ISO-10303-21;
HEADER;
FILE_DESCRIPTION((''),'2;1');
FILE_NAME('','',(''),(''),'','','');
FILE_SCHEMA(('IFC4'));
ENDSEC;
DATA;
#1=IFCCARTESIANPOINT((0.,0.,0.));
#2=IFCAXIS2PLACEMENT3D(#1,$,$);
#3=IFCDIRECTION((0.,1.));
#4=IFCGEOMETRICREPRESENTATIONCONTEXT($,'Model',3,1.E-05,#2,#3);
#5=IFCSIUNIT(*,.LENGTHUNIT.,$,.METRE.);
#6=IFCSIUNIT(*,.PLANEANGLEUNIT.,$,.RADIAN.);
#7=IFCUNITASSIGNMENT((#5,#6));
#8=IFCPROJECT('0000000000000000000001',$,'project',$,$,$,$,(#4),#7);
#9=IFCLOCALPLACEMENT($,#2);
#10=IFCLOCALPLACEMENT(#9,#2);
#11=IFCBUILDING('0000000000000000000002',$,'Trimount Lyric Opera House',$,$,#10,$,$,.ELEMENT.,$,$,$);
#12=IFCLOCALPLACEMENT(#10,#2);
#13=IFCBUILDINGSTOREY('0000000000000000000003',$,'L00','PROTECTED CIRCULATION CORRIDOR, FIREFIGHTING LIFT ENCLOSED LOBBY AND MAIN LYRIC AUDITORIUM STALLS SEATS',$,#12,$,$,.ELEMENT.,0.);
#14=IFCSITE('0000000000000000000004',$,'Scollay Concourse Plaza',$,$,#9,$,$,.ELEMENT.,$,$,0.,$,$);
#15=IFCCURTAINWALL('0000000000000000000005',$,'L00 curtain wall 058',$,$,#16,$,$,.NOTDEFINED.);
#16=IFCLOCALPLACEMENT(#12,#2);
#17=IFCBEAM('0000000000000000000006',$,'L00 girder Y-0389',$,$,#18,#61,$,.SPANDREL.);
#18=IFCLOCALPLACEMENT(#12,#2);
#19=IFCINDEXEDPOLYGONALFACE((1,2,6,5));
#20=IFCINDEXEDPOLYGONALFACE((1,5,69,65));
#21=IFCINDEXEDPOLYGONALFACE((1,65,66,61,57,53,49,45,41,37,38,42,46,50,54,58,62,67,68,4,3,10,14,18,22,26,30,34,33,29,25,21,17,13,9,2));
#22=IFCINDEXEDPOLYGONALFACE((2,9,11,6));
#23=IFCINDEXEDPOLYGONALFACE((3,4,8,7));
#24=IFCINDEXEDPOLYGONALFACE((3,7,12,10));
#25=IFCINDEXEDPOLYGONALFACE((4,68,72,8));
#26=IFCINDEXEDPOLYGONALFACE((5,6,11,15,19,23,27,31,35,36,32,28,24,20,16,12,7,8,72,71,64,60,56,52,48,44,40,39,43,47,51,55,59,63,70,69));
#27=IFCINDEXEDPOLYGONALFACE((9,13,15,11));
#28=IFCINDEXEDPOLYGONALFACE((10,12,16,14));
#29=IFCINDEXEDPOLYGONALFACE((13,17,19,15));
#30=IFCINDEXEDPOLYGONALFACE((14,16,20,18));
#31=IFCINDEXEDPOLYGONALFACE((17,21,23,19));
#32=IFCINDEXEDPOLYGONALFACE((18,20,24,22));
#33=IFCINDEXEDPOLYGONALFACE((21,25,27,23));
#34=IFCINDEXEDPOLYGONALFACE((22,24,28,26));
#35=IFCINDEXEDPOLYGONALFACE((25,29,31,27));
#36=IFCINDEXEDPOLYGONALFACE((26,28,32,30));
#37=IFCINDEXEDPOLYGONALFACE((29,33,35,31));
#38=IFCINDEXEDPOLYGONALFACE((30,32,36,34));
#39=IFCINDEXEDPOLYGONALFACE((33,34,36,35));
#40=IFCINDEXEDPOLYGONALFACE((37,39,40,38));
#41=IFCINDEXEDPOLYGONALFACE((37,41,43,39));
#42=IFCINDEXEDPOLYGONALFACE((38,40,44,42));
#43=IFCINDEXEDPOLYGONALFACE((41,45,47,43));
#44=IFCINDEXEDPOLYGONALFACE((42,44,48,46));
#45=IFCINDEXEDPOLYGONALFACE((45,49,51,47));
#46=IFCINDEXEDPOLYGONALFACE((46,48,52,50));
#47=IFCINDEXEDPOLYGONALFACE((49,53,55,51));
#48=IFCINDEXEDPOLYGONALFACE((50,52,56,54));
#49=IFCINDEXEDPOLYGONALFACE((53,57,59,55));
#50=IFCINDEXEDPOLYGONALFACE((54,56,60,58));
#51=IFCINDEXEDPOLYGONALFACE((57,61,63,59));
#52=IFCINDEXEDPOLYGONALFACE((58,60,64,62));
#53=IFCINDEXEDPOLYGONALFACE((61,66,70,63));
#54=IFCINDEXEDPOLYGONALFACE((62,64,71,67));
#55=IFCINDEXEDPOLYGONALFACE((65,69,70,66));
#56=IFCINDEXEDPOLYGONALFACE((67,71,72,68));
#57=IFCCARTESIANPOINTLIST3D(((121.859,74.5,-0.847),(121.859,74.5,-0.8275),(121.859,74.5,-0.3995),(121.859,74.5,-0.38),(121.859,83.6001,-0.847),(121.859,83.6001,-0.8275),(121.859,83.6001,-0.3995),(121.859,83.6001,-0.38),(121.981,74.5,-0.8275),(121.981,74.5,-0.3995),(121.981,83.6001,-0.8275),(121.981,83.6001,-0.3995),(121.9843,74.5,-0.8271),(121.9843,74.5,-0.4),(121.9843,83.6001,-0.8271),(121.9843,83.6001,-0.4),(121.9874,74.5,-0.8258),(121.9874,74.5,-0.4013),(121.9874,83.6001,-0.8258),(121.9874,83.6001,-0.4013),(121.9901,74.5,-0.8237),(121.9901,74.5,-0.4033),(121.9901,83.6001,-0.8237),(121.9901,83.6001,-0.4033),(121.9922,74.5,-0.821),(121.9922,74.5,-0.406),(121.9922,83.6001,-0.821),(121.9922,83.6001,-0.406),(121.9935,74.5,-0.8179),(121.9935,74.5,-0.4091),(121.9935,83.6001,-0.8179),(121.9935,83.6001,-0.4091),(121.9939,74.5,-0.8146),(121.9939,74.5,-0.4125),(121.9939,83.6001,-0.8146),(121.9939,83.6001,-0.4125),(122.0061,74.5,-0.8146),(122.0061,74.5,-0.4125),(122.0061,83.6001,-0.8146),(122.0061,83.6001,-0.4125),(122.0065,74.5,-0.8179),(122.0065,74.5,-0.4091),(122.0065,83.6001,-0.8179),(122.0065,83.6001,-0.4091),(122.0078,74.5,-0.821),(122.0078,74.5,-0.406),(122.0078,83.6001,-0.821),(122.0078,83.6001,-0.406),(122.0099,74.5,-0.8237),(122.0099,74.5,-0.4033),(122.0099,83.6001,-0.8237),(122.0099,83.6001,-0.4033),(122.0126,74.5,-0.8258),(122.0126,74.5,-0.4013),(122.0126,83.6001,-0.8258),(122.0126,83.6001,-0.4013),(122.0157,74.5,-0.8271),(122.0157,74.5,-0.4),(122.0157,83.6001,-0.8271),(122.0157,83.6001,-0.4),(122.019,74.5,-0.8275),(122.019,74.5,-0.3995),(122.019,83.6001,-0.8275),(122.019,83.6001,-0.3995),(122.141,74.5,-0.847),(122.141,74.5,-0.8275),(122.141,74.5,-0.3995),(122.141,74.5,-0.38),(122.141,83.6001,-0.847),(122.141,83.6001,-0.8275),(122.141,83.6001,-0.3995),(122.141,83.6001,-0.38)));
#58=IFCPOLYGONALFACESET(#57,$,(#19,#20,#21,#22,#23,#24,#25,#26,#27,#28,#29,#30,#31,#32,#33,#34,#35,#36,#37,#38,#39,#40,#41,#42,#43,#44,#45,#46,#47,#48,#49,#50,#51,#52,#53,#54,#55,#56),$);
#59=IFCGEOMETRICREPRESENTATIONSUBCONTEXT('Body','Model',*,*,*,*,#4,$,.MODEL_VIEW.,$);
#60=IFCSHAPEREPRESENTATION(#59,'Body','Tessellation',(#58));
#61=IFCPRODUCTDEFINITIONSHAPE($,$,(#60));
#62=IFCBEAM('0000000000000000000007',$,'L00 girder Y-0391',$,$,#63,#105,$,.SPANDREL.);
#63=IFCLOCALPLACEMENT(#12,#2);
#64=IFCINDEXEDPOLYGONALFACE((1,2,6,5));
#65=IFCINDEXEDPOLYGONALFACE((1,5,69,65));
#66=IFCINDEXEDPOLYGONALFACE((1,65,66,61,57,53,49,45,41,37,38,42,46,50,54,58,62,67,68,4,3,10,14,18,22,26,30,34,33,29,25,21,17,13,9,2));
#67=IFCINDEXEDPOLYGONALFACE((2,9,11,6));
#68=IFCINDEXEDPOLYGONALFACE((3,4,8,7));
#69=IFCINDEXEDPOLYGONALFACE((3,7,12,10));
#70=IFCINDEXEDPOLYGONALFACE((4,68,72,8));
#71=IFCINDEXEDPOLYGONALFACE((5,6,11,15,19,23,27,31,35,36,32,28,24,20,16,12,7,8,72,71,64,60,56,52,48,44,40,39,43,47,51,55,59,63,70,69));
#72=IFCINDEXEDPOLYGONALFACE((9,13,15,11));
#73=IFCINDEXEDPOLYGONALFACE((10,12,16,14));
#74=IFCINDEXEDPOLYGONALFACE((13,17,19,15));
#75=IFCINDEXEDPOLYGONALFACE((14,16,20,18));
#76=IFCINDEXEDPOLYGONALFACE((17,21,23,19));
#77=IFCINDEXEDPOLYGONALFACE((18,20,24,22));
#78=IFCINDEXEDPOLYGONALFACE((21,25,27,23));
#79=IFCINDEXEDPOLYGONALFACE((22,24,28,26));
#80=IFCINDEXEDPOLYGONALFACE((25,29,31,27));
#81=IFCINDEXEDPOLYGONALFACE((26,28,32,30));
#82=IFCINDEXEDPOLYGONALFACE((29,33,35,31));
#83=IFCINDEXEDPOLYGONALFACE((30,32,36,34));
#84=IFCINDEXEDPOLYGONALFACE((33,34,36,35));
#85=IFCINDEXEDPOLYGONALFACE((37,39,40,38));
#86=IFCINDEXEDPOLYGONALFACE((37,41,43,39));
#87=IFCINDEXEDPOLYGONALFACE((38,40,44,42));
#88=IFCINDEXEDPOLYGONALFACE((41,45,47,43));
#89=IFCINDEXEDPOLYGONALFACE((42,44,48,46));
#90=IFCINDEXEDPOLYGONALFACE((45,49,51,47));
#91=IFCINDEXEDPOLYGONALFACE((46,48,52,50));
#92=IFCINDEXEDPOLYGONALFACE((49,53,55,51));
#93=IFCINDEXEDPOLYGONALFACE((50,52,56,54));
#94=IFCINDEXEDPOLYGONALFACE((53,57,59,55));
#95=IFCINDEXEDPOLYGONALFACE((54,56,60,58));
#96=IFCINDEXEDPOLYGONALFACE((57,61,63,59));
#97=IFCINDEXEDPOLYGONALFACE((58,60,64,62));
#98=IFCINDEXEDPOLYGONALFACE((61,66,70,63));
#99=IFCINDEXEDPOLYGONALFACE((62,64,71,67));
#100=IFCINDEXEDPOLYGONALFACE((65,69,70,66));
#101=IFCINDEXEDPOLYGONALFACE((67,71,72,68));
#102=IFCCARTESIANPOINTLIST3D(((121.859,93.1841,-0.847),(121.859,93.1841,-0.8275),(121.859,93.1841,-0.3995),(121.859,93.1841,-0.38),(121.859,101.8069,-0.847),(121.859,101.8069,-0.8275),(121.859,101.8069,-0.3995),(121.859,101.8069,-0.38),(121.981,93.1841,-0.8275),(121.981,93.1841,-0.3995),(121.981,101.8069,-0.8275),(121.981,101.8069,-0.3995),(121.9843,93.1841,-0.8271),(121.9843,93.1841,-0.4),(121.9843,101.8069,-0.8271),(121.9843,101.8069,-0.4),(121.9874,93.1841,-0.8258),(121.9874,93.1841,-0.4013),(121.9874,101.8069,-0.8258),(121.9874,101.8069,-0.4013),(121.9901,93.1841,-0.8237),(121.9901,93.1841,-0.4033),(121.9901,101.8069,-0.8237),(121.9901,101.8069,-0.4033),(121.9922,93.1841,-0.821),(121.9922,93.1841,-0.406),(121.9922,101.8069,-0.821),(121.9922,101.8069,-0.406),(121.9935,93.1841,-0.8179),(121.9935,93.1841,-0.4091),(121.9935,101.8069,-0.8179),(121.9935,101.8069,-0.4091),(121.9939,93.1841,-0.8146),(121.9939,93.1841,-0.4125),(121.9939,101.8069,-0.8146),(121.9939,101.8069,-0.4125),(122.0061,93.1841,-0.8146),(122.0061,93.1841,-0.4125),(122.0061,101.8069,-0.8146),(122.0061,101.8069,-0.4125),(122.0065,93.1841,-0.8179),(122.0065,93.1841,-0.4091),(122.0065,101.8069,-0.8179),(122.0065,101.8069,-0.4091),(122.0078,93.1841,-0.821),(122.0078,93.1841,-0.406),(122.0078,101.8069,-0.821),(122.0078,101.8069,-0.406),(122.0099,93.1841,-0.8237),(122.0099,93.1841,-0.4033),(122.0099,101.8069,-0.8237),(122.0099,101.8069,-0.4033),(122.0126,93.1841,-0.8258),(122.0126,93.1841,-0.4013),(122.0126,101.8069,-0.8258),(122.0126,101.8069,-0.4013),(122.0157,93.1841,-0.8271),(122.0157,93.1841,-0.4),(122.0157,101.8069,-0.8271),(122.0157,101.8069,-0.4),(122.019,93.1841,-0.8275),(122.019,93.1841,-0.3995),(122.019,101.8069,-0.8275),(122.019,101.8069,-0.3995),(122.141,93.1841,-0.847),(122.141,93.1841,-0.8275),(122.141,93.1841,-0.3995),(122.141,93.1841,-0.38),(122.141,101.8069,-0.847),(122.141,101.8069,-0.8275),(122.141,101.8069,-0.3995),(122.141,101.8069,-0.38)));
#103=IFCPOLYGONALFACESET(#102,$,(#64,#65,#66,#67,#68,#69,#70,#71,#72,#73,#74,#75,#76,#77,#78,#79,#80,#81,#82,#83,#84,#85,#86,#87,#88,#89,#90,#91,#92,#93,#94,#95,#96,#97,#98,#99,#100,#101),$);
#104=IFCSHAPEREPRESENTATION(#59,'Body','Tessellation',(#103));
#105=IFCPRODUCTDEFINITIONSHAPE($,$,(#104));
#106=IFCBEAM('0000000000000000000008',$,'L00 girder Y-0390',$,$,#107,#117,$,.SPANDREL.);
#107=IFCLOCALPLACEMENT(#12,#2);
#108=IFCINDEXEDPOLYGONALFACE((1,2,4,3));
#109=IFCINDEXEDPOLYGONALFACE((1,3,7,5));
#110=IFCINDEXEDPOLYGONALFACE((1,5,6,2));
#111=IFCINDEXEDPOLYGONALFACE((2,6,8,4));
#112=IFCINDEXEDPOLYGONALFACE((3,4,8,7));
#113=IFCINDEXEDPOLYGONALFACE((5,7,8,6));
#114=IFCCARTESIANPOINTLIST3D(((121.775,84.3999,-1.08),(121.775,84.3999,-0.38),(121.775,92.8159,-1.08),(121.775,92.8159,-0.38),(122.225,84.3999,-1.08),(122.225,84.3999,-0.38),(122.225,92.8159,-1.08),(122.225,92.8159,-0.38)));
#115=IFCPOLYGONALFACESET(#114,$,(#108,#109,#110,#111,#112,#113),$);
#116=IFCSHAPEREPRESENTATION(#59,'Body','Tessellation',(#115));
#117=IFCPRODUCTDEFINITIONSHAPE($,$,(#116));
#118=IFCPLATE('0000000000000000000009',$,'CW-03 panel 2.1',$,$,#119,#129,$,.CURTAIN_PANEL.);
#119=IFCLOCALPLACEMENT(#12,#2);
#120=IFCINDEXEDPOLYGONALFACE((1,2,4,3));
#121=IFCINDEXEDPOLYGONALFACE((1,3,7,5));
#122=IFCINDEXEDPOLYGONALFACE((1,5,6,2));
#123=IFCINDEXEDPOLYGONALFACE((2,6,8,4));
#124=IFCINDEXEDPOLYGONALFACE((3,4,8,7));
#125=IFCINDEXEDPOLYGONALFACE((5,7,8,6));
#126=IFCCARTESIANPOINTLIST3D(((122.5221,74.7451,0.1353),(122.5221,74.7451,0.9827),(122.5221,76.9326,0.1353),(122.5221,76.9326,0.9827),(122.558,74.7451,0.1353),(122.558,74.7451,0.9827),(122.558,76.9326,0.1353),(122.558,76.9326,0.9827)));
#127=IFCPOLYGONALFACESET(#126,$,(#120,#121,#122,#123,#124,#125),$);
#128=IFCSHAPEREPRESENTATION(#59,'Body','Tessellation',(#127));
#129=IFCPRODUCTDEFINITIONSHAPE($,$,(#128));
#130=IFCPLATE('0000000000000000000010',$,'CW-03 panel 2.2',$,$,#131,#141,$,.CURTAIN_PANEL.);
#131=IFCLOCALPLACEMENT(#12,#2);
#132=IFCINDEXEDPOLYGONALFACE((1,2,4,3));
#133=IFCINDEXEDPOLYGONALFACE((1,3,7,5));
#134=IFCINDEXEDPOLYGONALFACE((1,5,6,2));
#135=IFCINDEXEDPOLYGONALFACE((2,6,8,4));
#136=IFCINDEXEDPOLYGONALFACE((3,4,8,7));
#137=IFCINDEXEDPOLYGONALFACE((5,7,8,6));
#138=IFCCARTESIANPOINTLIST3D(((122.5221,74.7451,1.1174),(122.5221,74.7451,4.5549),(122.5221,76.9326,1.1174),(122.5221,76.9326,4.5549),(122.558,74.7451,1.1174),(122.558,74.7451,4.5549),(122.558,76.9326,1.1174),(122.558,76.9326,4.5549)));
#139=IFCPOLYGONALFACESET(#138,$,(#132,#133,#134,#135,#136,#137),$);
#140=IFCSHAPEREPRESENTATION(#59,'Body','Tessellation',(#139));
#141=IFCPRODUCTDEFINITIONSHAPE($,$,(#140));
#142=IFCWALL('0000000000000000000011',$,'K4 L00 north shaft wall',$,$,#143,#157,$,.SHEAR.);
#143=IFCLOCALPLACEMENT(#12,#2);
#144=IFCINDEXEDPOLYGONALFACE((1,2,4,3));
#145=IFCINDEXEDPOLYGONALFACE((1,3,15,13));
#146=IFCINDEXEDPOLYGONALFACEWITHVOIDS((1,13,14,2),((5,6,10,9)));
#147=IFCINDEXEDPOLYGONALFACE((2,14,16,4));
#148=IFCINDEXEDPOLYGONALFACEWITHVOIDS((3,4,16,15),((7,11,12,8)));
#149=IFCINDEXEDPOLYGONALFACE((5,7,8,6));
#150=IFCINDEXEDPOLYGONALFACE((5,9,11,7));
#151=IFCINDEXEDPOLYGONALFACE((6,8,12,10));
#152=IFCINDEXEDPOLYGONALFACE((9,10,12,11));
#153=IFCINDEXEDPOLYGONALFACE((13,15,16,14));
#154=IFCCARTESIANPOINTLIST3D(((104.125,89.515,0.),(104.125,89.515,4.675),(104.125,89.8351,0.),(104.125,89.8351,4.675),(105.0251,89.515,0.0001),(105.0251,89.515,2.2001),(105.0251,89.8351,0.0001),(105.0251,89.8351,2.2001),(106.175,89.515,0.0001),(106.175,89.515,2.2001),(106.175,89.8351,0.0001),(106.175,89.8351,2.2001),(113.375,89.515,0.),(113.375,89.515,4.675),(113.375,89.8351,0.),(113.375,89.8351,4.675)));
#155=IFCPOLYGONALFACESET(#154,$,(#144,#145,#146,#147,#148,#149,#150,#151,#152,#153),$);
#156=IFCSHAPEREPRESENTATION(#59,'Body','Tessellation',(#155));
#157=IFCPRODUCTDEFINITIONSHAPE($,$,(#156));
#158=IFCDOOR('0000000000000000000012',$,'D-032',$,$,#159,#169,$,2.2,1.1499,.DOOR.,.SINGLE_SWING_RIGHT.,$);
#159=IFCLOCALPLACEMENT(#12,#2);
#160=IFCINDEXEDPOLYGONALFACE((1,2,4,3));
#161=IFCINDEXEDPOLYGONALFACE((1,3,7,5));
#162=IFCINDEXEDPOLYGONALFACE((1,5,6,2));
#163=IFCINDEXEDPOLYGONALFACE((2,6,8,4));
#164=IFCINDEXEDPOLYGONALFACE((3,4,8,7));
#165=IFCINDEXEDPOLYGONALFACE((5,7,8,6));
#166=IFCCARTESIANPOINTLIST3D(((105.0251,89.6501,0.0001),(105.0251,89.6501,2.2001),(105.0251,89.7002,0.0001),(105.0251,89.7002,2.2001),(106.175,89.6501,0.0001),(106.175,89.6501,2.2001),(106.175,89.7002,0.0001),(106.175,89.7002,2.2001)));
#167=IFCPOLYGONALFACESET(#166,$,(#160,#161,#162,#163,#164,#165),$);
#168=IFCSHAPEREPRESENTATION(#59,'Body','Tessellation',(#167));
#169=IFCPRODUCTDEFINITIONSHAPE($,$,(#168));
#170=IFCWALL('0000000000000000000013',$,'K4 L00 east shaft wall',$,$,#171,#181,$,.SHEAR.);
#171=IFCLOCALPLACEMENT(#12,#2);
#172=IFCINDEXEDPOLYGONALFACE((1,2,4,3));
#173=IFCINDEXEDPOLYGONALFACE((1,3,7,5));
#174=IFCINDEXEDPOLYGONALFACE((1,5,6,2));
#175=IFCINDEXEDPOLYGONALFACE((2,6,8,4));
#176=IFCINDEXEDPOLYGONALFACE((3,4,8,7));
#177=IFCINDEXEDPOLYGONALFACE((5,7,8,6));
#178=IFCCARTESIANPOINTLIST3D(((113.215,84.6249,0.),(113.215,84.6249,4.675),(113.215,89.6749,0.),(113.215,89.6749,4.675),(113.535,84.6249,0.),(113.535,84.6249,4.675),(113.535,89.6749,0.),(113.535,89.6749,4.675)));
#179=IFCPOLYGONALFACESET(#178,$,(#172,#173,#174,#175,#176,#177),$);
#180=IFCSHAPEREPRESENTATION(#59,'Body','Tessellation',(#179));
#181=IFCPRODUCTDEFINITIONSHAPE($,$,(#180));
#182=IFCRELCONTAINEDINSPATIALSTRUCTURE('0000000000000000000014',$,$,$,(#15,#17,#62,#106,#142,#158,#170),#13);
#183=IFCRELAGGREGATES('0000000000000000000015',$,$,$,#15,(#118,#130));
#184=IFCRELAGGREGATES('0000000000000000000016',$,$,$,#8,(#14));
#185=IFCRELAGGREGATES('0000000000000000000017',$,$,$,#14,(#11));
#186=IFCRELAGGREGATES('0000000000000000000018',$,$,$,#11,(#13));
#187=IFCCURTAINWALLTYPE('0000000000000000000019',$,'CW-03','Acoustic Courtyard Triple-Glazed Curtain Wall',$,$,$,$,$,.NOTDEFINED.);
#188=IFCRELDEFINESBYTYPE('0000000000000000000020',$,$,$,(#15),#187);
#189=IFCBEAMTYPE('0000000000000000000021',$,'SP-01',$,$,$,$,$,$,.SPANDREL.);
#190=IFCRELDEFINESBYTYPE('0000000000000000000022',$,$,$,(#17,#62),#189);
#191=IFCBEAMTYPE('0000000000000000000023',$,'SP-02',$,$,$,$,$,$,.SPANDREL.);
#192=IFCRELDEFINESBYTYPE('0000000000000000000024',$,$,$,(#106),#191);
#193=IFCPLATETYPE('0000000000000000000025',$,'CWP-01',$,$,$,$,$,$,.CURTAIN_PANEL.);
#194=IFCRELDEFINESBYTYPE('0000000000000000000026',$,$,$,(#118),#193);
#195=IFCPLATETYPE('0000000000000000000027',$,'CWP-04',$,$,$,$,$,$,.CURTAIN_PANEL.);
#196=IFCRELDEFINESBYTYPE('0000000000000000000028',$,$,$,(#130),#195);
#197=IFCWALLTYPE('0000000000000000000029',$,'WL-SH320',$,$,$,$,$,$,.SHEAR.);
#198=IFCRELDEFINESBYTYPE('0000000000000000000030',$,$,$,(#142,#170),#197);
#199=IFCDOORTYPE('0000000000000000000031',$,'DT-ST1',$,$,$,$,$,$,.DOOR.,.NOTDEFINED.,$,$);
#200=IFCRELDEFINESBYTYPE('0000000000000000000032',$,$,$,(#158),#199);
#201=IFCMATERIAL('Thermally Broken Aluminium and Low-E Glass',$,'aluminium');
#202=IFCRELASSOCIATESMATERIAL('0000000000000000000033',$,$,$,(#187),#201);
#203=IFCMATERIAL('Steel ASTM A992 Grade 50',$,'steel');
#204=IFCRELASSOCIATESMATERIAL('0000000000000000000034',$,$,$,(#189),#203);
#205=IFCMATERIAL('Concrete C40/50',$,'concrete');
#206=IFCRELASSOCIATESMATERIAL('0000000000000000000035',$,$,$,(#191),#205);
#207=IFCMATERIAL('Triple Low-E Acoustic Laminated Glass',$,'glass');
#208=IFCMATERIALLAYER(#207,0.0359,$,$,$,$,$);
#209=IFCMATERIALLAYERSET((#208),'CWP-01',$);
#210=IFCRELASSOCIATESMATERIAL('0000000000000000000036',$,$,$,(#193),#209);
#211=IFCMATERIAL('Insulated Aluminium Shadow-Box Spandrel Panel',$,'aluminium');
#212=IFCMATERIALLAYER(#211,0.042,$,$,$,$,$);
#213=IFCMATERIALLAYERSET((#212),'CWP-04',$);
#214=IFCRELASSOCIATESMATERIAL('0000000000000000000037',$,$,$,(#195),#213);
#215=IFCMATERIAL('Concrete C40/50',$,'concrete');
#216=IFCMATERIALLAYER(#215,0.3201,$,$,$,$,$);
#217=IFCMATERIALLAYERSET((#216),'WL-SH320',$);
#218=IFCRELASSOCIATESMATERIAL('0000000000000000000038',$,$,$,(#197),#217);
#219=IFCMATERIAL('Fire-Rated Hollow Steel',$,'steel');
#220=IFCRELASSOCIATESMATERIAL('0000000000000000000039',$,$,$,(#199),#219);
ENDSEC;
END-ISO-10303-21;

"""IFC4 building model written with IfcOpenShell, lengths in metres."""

from ifc_helpers import new_model, si_unit, direction, frame, frame_2d, origin, origin_2d, place, context, subcontext, project, spatial, rectangle, i_section, extrude, material, layer, layer_set, material_profile, profile_set, type_object, element, fill, aggregate, save


model = new_model("IFC4")

# Units and contexts
model_context = context("Model", 3, precision=1e-05, world=origin(), true_north=direction((0.0, 1.0)))
body_context = subcontext(model_context, "Body", "Model", "MODEL_VIEW")
ifc_project = project(units=[si_unit("LENGTHUNIT", "METRE"), si_unit("PLANEANGLEUNIT", "RADIAN")], contexts=[model_context])

# Site, building, storey
site_placement = place(None, origin())
site = spatial("IfcSite", under=ifc_project, at=site_placement, Name="Scollay Concourse Plaza", CompositionType="ELEMENT", RefElevation=0.0)
building_placement = place(site_placement, origin())
building = spatial("IfcBuilding", under=site, at=building_placement, Name="Trimount Lyric Opera House", CompositionType="ELEMENT")
storey_placement = place(building_placement, origin())
storey = spatial("IfcBuildingStorey", under=building, at=storey_placement, Name="L00", Description="PROTECTED CIRCULATION CORRIDOR, FIREFIGHTING LIFT ENCLOSED LOBBY AND MAIN LYRIC AUDITORIUM STALLS SEATS", CompositionType="ELEMENT", Elevation=0.0)

# Curtain wall
ifc_material_1 = material(Name="Thermally Broken Aluminium and Low-E Glass", Category="aluminium")
curtain_wall_type = type_object("IfcCurtainWallType", Name="CW-03", Description="Acoustic Courtyard Triple-Glazed Curtain Wall", PredefinedType="NOTDEFINED", material=ifc_material_1)
curtain_wall_placement = place(storey_placement, origin())
curtain_wall = element("IfcCurtainWall", 1, at=curtain_wall_placement, inside=storey, type_object=curtain_wall_type, Name="L00 curtain wall 058", PredefinedType="NOTDEFINED")

# Beams
ifc_material_2 = material(Name="Steel ASTM A992 Grade 50", Category="steel")
ifc_material_profile_1 = material_profile(ifc_material_2, i_section(OverallWidth=0.282, OverallDepth=0.467, WebThickness=0.0122, FlangeThickness=0.0195, FilletRadius=0.0129, at=origin_2d()), Name="W18X86")
ifc_profile_set_1 = profile_set([ifc_material_profile_1], Name="Steel ASTM A992 Grade 50")
beam_type_1 = type_object("IfcBeamType", Name="SP-01", PredefinedType="SPANDREL", material=ifc_profile_set_1)
beam_1_placement = place(storey_placement, frame((122.0, 74.5, -0.6135), z_axis=(0.0, 1.0, 0.0), x_axis=(-1.0, 0.0, 0.0)))
element("IfcBeam", 2, at=beam_1_placement, inside=storey, type_object=beam_type_1, Name="L00 girder Y-0389", PredefinedType="SPANDREL", context=body_context, shape_type="SweptSolid", body=[
    extrude(i_section(OverallWidth=0.282, OverallDepth=0.467, WebThickness=0.0122, FlangeThickness=0.0195, FilletRadius=0.0129, at=origin_2d()), origin(), (0.0, 0.0, 1.0), 9.1001),
])
beam_2_placement = place(storey_placement, frame((122.0, 93.1841, -0.6135), z_axis=(0.0, 1.0, 0.0), x_axis=(-1.0, 0.0, 0.0)))
element("IfcBeam", 3, at=beam_2_placement, inside=storey, type_object=beam_type_1, Name="L00 girder Y-0391", PredefinedType="SPANDREL", context=body_context, shape_type="SweptSolid", body=[
    extrude(i_section(OverallWidth=0.282, OverallDepth=0.467, WebThickness=0.0122, FlangeThickness=0.0195, FilletRadius=0.0129, at=origin_2d()), origin(), (0.0, 0.0, 1.0), 8.6228),
])
ifc_material_3 = material(Name="Concrete C40/50", Category="concrete")
ifc_material_profile_2 = material_profile(ifc_material_3, rectangle(XDim=0.45, YDim=0.7, at=origin_2d()), Name="RC450X700")
ifc_profile_set_2 = profile_set([ifc_material_profile_2], Name="Concrete C40/50")
beam_type_2 = type_object("IfcBeamType", Name="SP-02", PredefinedType="SPANDREL", material=ifc_profile_set_2)
beam_3_placement = place(storey_placement, frame((122.0, 84.3999, -0.73), z_axis=(0.0, 1.0, 0.0), x_axis=(-1.0, 0.0, 0.0)))
element("IfcBeam", 4, at=beam_3_placement, inside=storey, type_object=beam_type_2, Name="L00 girder Y-0390", PredefinedType="SPANDREL", context=body_context, shape_type="SweptSolid", body=[
    extrude(rectangle(XDim=0.45, YDim=0.7, at=origin_2d()), origin(), (0.0, 0.0, 1.0), 8.416),
])

# Plates
ifc_material_4 = material(Name="Triple Low-E Acoustic Laminated Glass", Category="glass")
ifc_layer_1 = layer(ifc_material_4, 0.0359)
ifc_layer_set_1 = layer_set([ifc_layer_1], Name="CWP-01")
plate_type_1 = type_object("IfcPlateType", Name="CWP-01", PredefinedType="CURTAIN_PANEL", material=ifc_layer_set_1)
plate_1_placement = place(storey_placement, frame((122.54, 75.8389, 0.1353), z_axis=(0.0, 0.0, 1.0), x_axis=(0.0, -1.0, 0.0)))
plate_1 = element("IfcPlate", 5, at=plate_1_placement, type_object=plate_type_1, Name="CW-03 panel 2.1", PredefinedType="CURTAIN_PANEL", context=body_context, shape_type="SweptSolid", body=[
    extrude(rectangle(XDim=2.1875, YDim=0.0359, at=origin_2d()), origin(), (0.0, 0.0, 1.0), 0.8474),
])
ifc_material_5 = material(Name="Insulated Aluminium Shadow-Box Spandrel Panel", Category="aluminium")
ifc_layer_2 = layer(ifc_material_5, 0.042)
ifc_layer_set_2 = layer_set([ifc_layer_2], Name="CWP-04")
plate_type_2 = type_object("IfcPlateType", Name="CWP-04", PredefinedType="CURTAIN_PANEL", material=ifc_layer_set_2)
plate_2_placement = place(storey_placement, frame((122.54, 75.8389, 1.1174), z_axis=(0.0, 0.0, 1.0), x_axis=(0.0, -1.0, 0.0)))
plate_2 = element("IfcPlate", 6, at=plate_2_placement, type_object=plate_type_2, Name="CW-03 panel 2.2", PredefinedType="CURTAIN_PANEL", context=body_context, shape_type="SweptSolid", body=[
    extrude(rectangle(XDim=2.1875, YDim=0.0359, at=origin_2d()), origin(), (0.0, 0.0, 1.0), 3.4375),
])
aggregate(curtain_wall, [plate_1, plate_2])

# Wall, opening, door
ifc_material_6 = material(Name="Concrete C40/50", Category="concrete")
ifc_layer_3 = layer(ifc_material_6, 0.3201)
ifc_layer_set_3 = layer_set([ifc_layer_3], Name="WL-SH320")
wall_type_1 = type_object("IfcWallType", Name="WL-SH320", PredefinedType="SHEAR", material=ifc_layer_set_3)
wall_1_placement = place(storey_placement, frame((113.375, 89.675, 0.0), z_axis=(0.0, 0.0, 1.0), x_axis=(-1.0, 0.0, 0.0)))
wall_1 = element("IfcWall", 7, at=wall_1_placement, inside=storey, type_object=wall_type_1, Name="K4 L00 north shaft wall", PredefinedType="SHEAR", context=body_context, shape_type="SweptSolid", body=[
    extrude(rectangle(XDim=9.25, YDim=0.3201, at=frame_2d((4.625, 0.0))), origin(), (0.0, 0.0, 1.0), 4.675),
])
opening_placement = place(wall_1_placement, frame((7.2, 0.0, 0.0)))
opening = element("IfcOpeningElement", 8, at=opening_placement, cuts=wall_1, PredefinedType="OPENING", context=body_context, shape_type="SweptSolid", body=[
    extrude(rectangle(XDim=1.1499, YDim=2.2, at=frame_2d((0.575, 1.1001))), frame((0.0, 0.1699, 0.0), z_axis=(0.0, -1.0, 0.0), x_axis=(1.0, 0.0, 0.0)), (0.0, 0.0, 1.0), 0.3401),
])
ifc_material_7 = material(Name="Fire-Rated Hollow Steel", Category="steel")
door_type = type_object("IfcDoorType", Name="DT-ST1", OperationType="NOTDEFINED", PredefinedType="DOOR", material=ifc_material_7)
door_placement = place(opening_placement, origin())
door = element("IfcDoor", 9, at=door_placement, inside=storey, type_object=door_type, Name="D-032", OperationType="SINGLE_SWING_RIGHT", OverallHeight=2.2, OverallWidth=1.1499, PredefinedType="DOOR", context=body_context, shape_type="SweptSolid", body=[
    extrude(rectangle(XDim=1.1499, YDim=2.2, at=frame_2d((0.575, 1.1001))), frame((0.0, 0.0249, 0.0), z_axis=(0.0, -1.0, 0.0), x_axis=(1.0, 0.0, 0.0)), (0.0, 0.0, 1.0), 0.05),
])
fill(opening, door)

# Wall
wall_2_placement = place(storey_placement, frame((113.375, 84.625, 0.0), z_axis=(0.0, 0.0, 1.0), x_axis=(0.0, 1.0, 0.0)))
element("IfcWall", 10, at=wall_2_placement, inside=storey, type_object=wall_type_1, Name="K4 L00 east shaft wall", PredefinedType="SHEAR", context=body_context, shape_type="SweptSolid", body=[
    extrude(rectangle(XDim=5.05, YDim=0.3201, at=frame_2d((2.5249, 0.0))), origin(), (0.0, 0.0, 1.0), 4.675),
])

save(model, "model.ifc")
